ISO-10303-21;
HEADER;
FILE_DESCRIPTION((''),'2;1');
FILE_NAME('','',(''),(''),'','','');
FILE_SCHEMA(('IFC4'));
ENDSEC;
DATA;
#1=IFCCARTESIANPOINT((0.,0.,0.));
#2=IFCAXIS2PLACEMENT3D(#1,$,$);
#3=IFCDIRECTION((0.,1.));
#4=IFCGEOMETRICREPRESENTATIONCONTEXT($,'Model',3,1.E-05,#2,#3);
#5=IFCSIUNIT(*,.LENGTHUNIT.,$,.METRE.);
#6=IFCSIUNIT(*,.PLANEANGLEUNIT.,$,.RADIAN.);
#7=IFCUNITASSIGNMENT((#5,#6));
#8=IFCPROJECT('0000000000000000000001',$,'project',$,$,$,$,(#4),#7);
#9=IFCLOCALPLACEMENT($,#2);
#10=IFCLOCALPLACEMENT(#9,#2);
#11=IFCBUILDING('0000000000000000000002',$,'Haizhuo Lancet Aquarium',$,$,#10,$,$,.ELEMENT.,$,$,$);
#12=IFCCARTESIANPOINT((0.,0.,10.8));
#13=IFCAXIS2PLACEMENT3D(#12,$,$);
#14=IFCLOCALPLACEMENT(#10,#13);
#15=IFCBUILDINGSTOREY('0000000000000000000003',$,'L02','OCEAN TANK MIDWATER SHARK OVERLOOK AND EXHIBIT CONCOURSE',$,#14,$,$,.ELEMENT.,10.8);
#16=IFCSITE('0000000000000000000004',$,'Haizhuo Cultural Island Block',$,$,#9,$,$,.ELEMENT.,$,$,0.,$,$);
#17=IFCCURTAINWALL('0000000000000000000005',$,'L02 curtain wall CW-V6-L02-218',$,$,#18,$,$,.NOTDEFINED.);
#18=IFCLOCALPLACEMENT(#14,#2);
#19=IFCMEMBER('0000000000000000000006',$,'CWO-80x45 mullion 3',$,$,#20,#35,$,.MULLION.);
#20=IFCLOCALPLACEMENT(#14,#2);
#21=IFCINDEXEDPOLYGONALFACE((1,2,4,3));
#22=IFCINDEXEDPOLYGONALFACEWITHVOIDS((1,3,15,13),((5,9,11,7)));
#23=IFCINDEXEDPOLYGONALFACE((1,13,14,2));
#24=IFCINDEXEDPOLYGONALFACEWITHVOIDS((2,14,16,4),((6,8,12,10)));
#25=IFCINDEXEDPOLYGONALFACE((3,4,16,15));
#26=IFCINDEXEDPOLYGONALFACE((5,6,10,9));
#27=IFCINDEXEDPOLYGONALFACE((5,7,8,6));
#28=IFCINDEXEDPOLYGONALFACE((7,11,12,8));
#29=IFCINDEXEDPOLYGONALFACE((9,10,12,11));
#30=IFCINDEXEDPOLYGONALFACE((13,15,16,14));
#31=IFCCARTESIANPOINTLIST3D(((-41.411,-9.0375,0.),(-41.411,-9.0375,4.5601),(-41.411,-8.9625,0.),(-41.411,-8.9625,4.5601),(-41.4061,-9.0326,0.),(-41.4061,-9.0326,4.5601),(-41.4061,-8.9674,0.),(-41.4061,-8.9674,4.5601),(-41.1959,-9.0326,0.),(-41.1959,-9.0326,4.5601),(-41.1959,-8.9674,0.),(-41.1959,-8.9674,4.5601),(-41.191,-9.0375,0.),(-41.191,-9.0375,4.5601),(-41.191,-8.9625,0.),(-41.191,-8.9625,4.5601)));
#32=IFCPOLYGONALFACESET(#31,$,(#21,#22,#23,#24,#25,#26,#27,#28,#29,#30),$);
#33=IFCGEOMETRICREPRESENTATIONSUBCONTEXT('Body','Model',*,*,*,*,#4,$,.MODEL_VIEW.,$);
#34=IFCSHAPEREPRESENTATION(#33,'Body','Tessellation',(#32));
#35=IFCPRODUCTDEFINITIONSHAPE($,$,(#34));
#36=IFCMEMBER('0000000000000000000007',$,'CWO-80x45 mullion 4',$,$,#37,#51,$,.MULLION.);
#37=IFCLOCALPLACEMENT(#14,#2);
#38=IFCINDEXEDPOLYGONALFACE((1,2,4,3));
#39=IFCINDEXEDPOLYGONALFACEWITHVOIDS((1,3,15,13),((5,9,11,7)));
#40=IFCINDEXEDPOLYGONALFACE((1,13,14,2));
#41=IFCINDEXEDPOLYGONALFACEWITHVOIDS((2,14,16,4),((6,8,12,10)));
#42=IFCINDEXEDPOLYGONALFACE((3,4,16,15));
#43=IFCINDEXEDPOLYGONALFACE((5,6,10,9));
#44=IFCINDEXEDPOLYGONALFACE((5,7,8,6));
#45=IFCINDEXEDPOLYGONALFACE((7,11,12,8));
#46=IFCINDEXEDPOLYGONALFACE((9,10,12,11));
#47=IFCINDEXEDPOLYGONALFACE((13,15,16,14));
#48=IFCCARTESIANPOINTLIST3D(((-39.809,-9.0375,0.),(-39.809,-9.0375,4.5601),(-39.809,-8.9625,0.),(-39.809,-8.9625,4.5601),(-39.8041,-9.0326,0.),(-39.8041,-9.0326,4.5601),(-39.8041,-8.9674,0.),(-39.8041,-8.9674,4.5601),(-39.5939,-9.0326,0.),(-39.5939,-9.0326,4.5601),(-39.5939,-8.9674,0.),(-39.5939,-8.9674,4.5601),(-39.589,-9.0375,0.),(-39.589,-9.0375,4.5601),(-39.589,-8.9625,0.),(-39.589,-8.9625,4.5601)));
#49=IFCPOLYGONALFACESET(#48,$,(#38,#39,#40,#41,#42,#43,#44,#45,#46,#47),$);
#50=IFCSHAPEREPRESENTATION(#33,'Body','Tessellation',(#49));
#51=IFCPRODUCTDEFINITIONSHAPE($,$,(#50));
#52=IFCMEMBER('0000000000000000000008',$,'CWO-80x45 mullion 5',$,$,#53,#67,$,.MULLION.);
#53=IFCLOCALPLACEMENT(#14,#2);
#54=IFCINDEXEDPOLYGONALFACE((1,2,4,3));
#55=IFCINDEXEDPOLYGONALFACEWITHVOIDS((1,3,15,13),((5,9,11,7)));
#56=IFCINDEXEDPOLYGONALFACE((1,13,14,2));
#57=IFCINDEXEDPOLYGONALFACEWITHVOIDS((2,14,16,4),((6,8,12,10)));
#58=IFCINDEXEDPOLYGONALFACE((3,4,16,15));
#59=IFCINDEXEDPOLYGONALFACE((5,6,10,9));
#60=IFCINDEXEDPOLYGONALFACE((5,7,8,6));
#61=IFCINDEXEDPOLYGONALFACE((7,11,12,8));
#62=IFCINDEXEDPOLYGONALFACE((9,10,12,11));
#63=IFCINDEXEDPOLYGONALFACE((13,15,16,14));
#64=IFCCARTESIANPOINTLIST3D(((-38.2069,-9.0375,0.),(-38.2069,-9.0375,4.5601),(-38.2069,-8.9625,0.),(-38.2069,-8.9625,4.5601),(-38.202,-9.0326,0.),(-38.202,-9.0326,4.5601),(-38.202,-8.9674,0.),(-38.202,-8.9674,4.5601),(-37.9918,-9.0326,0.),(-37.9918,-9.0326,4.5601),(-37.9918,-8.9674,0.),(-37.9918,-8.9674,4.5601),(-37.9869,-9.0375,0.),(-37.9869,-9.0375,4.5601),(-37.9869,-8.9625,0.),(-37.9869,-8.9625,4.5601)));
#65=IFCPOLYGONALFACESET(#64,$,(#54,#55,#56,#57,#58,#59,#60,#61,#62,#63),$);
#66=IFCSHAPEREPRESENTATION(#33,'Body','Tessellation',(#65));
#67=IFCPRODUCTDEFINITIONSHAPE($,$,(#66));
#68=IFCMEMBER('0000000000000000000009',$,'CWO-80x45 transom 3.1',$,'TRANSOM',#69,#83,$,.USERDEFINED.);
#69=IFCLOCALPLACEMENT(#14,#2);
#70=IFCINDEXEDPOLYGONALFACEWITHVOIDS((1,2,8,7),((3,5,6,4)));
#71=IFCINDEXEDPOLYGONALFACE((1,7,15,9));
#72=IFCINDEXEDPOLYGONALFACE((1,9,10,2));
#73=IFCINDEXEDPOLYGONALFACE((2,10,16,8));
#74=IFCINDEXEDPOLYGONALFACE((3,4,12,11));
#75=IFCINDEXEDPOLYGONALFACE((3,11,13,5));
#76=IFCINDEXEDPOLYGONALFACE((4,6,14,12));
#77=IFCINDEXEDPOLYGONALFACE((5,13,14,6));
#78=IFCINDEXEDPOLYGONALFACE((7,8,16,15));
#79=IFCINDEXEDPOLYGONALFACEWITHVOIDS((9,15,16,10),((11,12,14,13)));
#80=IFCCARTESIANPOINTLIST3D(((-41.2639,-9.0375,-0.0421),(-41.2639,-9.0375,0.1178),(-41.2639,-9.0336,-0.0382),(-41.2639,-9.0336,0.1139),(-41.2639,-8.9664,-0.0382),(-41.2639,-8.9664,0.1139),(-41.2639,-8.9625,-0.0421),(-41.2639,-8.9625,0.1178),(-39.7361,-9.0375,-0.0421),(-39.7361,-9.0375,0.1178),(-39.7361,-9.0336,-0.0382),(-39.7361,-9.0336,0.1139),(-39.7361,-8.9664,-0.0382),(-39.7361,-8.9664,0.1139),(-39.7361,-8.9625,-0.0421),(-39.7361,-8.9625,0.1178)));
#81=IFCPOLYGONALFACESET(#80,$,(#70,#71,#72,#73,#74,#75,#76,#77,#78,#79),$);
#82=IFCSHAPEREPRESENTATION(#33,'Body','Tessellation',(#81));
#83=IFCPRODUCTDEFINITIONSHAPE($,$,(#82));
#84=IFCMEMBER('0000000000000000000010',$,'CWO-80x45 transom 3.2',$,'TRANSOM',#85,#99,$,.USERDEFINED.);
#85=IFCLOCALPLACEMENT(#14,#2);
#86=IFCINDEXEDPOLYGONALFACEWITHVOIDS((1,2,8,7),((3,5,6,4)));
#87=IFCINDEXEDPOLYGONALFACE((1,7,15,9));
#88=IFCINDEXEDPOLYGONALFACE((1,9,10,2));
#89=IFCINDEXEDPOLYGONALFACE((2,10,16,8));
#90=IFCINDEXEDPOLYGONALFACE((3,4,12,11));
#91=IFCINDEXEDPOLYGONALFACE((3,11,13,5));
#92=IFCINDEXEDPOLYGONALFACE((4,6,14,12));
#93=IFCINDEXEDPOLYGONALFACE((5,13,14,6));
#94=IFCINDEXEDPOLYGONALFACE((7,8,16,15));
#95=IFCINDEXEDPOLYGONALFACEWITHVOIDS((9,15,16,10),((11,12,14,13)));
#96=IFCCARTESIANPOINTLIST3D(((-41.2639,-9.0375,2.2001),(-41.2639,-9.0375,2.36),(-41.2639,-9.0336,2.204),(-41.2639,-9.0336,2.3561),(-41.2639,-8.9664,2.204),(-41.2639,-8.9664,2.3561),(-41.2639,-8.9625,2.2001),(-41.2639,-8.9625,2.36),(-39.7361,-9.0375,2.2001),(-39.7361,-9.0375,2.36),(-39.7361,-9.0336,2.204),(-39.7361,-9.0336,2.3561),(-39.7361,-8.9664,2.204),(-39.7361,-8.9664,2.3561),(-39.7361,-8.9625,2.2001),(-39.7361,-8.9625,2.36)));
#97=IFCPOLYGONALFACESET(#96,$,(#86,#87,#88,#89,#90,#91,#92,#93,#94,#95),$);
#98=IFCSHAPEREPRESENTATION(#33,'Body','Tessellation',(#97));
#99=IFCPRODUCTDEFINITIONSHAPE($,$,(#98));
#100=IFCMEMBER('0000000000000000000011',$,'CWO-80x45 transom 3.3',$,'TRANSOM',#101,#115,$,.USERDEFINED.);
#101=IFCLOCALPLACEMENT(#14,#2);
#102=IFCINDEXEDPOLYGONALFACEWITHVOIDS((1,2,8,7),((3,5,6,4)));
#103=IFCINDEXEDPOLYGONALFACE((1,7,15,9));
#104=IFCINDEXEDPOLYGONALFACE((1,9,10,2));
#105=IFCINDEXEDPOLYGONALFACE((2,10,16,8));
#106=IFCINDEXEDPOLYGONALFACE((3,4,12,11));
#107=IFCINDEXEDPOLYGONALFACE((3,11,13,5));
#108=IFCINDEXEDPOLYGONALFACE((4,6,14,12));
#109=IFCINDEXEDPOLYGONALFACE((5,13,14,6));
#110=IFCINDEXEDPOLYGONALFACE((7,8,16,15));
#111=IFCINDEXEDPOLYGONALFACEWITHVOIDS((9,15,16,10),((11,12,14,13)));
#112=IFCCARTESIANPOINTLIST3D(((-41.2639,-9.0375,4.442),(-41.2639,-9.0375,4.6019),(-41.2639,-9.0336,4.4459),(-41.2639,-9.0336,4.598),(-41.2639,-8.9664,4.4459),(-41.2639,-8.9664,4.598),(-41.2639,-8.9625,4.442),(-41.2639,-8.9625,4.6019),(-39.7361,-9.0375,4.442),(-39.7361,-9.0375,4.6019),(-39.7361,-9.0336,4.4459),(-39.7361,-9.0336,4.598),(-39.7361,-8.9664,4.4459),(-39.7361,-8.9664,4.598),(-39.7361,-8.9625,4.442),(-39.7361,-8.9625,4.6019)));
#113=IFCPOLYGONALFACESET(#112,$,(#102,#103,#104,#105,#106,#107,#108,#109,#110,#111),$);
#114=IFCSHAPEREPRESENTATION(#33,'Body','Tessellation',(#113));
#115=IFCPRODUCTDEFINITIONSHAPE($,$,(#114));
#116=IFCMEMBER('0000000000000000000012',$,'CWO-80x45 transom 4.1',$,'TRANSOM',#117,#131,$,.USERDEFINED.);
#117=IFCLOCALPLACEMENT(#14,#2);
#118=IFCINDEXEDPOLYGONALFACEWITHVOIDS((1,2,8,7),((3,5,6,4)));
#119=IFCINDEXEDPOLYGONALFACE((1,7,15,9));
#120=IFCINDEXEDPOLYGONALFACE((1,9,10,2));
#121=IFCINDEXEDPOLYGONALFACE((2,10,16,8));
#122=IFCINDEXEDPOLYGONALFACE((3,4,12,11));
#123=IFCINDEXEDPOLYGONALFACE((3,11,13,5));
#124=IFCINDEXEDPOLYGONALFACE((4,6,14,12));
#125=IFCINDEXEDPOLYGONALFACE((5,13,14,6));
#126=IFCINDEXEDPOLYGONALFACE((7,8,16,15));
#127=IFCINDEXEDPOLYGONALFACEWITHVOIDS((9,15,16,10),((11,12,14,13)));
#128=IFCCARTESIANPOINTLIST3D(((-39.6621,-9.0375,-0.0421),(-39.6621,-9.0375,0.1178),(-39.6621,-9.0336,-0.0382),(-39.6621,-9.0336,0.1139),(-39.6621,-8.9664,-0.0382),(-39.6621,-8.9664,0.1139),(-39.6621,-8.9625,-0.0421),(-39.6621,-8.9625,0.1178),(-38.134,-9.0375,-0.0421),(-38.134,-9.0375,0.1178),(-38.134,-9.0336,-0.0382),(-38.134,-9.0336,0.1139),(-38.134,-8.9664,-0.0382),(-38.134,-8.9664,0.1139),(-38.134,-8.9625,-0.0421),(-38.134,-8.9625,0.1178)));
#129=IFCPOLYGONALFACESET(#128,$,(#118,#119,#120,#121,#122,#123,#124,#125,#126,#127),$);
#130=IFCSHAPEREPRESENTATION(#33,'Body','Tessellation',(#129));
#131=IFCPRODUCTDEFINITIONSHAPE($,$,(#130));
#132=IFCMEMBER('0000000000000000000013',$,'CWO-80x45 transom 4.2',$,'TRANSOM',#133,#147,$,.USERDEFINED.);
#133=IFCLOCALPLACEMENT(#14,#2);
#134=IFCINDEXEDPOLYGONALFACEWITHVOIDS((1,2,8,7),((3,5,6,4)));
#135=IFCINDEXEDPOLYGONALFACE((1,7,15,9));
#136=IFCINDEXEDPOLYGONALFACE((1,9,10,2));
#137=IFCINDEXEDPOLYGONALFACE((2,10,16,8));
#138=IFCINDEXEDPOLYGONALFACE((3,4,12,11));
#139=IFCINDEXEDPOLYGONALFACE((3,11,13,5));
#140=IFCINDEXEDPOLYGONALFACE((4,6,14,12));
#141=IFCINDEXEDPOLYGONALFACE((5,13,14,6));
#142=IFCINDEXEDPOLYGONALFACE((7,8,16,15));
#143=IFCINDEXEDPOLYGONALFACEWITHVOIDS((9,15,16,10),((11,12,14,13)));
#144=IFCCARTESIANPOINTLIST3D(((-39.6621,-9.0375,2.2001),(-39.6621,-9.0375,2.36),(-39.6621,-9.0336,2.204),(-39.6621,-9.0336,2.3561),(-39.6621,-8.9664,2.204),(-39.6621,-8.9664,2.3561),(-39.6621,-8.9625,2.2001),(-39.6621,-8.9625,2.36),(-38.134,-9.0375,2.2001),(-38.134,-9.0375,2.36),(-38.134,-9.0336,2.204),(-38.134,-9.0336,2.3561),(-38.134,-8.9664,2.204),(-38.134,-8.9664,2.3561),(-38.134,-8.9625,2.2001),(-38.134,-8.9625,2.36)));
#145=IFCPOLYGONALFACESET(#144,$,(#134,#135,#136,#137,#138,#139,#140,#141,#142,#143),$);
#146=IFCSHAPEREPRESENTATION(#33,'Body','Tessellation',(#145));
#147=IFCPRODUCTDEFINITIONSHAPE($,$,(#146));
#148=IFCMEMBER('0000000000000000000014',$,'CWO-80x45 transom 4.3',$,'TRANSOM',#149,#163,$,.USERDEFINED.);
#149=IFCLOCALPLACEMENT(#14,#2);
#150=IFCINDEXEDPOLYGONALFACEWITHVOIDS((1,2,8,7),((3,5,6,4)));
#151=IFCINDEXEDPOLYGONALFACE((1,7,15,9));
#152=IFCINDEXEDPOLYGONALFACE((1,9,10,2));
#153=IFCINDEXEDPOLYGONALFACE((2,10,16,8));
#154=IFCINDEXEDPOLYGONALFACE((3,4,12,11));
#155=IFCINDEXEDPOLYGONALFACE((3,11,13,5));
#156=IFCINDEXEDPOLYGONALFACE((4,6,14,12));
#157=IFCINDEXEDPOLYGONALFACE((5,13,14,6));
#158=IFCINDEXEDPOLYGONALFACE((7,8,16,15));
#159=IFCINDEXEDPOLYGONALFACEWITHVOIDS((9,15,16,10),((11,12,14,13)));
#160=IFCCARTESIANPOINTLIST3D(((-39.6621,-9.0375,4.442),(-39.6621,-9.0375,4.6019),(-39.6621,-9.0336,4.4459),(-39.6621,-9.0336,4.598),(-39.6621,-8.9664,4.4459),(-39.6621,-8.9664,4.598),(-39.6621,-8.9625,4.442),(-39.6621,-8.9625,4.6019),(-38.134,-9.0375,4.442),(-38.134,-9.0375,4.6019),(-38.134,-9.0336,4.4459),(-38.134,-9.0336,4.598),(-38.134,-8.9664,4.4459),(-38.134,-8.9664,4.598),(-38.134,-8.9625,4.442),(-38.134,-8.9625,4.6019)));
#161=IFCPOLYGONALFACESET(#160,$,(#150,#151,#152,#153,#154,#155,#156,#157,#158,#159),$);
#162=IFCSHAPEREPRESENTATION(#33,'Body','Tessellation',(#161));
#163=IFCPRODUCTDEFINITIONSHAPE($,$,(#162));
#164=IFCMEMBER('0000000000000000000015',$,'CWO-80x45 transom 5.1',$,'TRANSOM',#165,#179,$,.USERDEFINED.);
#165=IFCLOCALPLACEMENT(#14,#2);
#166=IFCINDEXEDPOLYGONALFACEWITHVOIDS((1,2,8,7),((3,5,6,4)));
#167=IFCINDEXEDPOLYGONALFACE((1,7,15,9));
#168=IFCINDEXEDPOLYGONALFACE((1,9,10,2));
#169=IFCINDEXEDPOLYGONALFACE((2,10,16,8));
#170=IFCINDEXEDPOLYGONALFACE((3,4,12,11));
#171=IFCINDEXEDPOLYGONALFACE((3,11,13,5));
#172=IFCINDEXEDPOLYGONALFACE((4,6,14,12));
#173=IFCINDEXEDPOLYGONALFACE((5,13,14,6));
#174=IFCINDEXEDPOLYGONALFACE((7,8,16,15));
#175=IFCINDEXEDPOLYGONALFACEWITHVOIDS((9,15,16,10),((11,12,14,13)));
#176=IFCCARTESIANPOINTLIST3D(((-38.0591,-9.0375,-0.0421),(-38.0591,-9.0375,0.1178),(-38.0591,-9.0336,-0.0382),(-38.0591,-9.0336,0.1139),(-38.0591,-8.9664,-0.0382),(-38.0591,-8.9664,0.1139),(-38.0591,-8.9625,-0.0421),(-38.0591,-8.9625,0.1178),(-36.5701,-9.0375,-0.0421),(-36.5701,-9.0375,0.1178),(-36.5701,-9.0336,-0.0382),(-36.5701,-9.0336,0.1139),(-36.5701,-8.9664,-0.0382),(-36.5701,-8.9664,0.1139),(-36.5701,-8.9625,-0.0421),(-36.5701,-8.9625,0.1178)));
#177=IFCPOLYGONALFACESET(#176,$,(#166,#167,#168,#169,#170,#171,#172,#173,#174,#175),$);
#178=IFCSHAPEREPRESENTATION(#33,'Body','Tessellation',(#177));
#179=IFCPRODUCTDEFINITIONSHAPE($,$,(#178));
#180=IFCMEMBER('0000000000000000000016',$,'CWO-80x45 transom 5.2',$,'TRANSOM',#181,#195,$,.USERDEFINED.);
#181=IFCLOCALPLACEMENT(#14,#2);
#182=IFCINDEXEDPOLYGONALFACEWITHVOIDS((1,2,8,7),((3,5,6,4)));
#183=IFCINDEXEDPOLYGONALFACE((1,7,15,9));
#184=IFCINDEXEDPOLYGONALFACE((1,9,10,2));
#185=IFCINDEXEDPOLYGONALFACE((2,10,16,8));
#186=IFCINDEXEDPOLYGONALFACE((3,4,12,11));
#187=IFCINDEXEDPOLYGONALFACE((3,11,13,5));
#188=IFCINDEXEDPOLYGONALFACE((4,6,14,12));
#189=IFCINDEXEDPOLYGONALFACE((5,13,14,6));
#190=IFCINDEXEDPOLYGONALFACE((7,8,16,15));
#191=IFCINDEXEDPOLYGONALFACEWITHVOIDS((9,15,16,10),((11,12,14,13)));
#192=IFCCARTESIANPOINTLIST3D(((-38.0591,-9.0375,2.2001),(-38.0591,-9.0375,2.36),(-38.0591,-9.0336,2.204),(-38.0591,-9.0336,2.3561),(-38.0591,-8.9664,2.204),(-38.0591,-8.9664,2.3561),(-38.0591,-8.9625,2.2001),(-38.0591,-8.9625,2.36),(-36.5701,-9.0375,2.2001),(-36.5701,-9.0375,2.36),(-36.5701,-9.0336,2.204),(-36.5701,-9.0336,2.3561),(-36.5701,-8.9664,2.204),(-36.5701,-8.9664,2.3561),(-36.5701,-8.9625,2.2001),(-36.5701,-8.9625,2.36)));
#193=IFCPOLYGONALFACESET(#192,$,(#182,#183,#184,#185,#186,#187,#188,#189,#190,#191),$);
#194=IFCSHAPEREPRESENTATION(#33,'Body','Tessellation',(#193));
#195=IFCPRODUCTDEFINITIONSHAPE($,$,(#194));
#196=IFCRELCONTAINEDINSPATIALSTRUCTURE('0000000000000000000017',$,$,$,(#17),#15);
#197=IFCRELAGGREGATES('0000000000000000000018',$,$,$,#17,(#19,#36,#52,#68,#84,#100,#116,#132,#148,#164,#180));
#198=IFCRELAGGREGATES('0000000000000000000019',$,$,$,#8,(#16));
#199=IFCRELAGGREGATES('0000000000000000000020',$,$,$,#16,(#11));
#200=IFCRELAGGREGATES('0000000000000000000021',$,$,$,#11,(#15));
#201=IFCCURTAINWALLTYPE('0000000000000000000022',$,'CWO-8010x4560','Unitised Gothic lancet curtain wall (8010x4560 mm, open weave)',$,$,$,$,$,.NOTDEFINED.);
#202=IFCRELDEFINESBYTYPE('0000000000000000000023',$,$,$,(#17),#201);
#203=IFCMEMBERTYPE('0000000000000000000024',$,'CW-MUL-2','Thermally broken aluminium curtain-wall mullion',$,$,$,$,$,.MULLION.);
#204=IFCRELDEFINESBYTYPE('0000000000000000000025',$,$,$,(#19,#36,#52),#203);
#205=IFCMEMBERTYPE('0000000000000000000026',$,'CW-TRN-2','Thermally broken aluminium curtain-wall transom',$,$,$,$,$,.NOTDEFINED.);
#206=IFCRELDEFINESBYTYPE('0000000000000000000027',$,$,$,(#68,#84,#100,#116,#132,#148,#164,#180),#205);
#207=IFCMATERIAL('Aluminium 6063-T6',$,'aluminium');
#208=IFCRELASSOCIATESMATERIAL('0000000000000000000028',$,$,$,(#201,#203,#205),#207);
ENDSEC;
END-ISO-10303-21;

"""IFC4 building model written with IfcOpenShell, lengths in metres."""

from ifc_helpers import new_model, si_unit, direction, frame, origin, origin_2d, place, context, subcontext, project, spatial, hollow_rectangle, extrude, material, material_profile, profile_set, type_object, element, aggregate, save


model = new_model("IFC4")

# Units and contexts
model_context = context("Model", 3, precision=1e-05, world=origin(), true_north=direction((0.0, 1.0)))
body_context = subcontext(model_context, "Body", "Model", "MODEL_VIEW")
ifc_project = project(units=[si_unit("LENGTHUNIT", "METRE"), si_unit("PLANEANGLEUNIT", "RADIAN")], contexts=[model_context])

# Site, building, storey
site_placement = place(None, origin())
site = spatial("IfcSite", under=ifc_project, at=site_placement, Name="Haizhuo Cultural Island Block", CompositionType="ELEMENT", RefElevation=0.0)
building_placement = place(site_placement, origin())
building = spatial("IfcBuilding", under=site, at=building_placement, Name="Haizhuo Lancet Aquarium", CompositionType="ELEMENT")
storey_placement = place(building_placement, frame((0.0, 0.0, 10.8)))
storey = spatial("IfcBuildingStorey", under=building, at=storey_placement, Name="L02", Description="OCEAN TANK MIDWATER SHARK OVERLOOK AND EXHIBIT CONCOURSE", CompositionType="ELEMENT", Elevation=10.8)

# Curtain wall, members
ifc_material_1 = material(Name="Aluminium 6063-T6", Category="aluminium")
curtain_wall_type = type_object("IfcCurtainWallType", Name="CWO-8010x4560", Description="Unitised Gothic lancet curtain wall (8010x4560 mm, open weave)", PredefinedType="NOTDEFINED", material=ifc_material_1)
curtain_wall_placement = place(storey_placement, origin())
curtain_wall = element("IfcCurtainWall", 1, at=curtain_wall_placement, inside=storey, type_object=curtain_wall_type, Name="L02 curtain wall CW-V6-L02-218", PredefinedType="NOTDEFINED")
ifc_material_profile_1 = material_profile(ifc_material_1, hollow_rectangle(XDim=0.075, YDim=0.22, WallThickness=0.0049, at=origin_2d()), Name="ALU-M 75x220x5")
ifc_profile_set_1 = profile_set([ifc_material_profile_1], Name="Aluminium 6063-T6")
member_type_1 = type_object("IfcMemberType", Name="CW-MUL-2", Description="Thermally broken aluminium curtain-wall mullion", PredefinedType="MULLION", material=ifc_profile_set_1)
member_1_placement = place(storey_placement, frame((-41.301, -9.0, 0.0), z_axis=(0.0, 0.0, 1.0), x_axis=(0.0, 1.0, 0.0)))
member_1 = element("IfcMember", 2, at=member_1_placement, type_object=member_type_1, Name="CWO-80x45 mullion 3", PredefinedType="MULLION", context=body_context, shape_type="SweptSolid", body=[
    extrude(hollow_rectangle(XDim=0.075, YDim=0.22, WallThickness=0.0049, at=origin_2d()), origin(), (0.0, 0.0, 1.0), 4.5601),
])
member_2_placement = place(storey_placement, frame((-39.699, -9.0, 0.0), z_axis=(0.0, 0.0, 1.0), x_axis=(0.0, 1.0, 0.0)))
member_2 = element("IfcMember", 3, at=member_2_placement, type_object=member_type_1, Name="CWO-80x45 mullion 4", PredefinedType="MULLION", context=body_context, shape_type="SweptSolid", body=[
    extrude(hollow_rectangle(XDim=0.075, YDim=0.22, WallThickness=0.0049, at=origin_2d()), origin(), (0.0, 0.0, 1.0), 4.5601),
])
member_3_placement = place(storey_placement, frame((-38.0969, -9.0, 0.0), z_axis=(0.0, 0.0, 1.0), x_axis=(0.0, 1.0, 0.0)))
member_3 = element("IfcMember", 4, at=member_3_placement, type_object=member_type_1, Name="CWO-80x45 mullion 5", PredefinedType="MULLION", context=body_context, shape_type="SweptSolid", body=[
    extrude(hollow_rectangle(XDim=0.075, YDim=0.22, WallThickness=0.0049, at=origin_2d()), origin(), (0.0, 0.0, 1.0), 4.5601),
])
ifc_material_profile_2 = material_profile(ifc_material_1, hollow_rectangle(XDim=0.075, YDim=0.1599, WallThickness=0.0039, at=origin_2d()), Name="ALU-T 75x160x4")
ifc_profile_set_2 = profile_set([ifc_material_profile_2], Name="Aluminium 6063-T6")
member_type_2 = type_object("IfcMemberType", Name="CW-TRN-2", Description="Thermally broken aluminium curtain-wall transom", PredefinedType="NOTDEFINED", material=ifc_profile_set_2)
member_4_placement = place(storey_placement, frame((-41.2639, -9.0, 0.0378), z_axis=(1.0, 0.0, 0.0), x_axis=(0.0, 1.0, 0.0)))
member_4 = element("IfcMember", 5, at=member_4_placement, type_object=member_type_2, Name="CWO-80x45 transom 3.1", ObjectType="TRANSOM", PredefinedType="USERDEFINED", context=body_context, shape_type="SweptSolid", body=[
    extrude(hollow_rectangle(XDim=0.075, YDim=0.1599, WallThickness=0.0039, at=origin_2d()), origin(), (0.0, 0.0, 1.0), 1.5278),
])
member_5_placement = place(storey_placement, frame((-41.2639, -9.0, 2.28), z_axis=(1.0, 0.0, 0.0), x_axis=(0.0, 1.0, 0.0)))
member_5 = element("IfcMember", 6, at=member_5_placement, type_object=member_type_2, Name="CWO-80x45 transom 3.2", ObjectType="TRANSOM", PredefinedType="USERDEFINED", context=body_context, shape_type="SweptSolid", body=[
    extrude(hollow_rectangle(XDim=0.075, YDim=0.1599, WallThickness=0.0039, at=origin_2d()), origin(), (0.0, 0.0, 1.0), 1.5278),
])
member_6_placement = place(storey_placement, frame((-41.2639, -9.0, 4.522), z_axis=(1.0, 0.0, 0.0), x_axis=(0.0, 1.0, 0.0)))
member_6 = element("IfcMember", 7, at=member_6_placement, type_object=member_type_2, Name="CWO-80x45 transom 3.3", ObjectType="TRANSOM", PredefinedType="USERDEFINED", context=body_context, shape_type="SweptSolid", body=[
    extrude(hollow_rectangle(XDim=0.075, YDim=0.1599, WallThickness=0.0039, at=origin_2d()), origin(), (0.0, 0.0, 1.0), 1.5278),
])
member_7_placement = place(storey_placement, frame((-39.6621, -9.0, 0.0378), z_axis=(1.0, 0.0, 0.0), x_axis=(0.0, 1.0, 0.0)))
member_7 = element("IfcMember", 8, at=member_7_placement, type_object=member_type_2, Name="CWO-80x45 transom 4.1", ObjectType="TRANSOM", PredefinedType="USERDEFINED", context=body_context, shape_type="SweptSolid", body=[
    extrude(hollow_rectangle(XDim=0.075, YDim=0.1599, WallThickness=0.0039, at=origin_2d()), origin(), (0.0, 0.0, 1.0), 1.5281),
])
member_8_placement = place(storey_placement, frame((-39.6621, -9.0, 2.28), z_axis=(1.0, 0.0, 0.0), x_axis=(0.0, 1.0, 0.0)))
member_8 = element("IfcMember", 9, at=member_8_placement, type_object=member_type_2, Name="CWO-80x45 transom 4.2", ObjectType="TRANSOM", PredefinedType="USERDEFINED", context=body_context, shape_type="SweptSolid", body=[
    extrude(hollow_rectangle(XDim=0.075, YDim=0.1599, WallThickness=0.0039, at=origin_2d()), origin(), (0.0, 0.0, 1.0), 1.5281),
])
member_9_placement = place(storey_placement, frame((-39.6621, -9.0, 4.522), z_axis=(1.0, 0.0, 0.0), x_axis=(0.0, 1.0, 0.0)))
member_9 = element("IfcMember", 10, at=member_9_placement, type_object=member_type_2, Name="CWO-80x45 transom 4.3", ObjectType="TRANSOM", PredefinedType="USERDEFINED", context=body_context, shape_type="SweptSolid", body=[
    extrude(hollow_rectangle(XDim=0.075, YDim=0.1599, WallThickness=0.0039, at=origin_2d()), origin(), (0.0, 0.0, 1.0), 1.5281),
])
member_10_placement = place(storey_placement, frame((-38.0591, -9.0, 0.0378), z_axis=(1.0, 0.0, 0.0), x_axis=(0.0, 1.0, 0.0)))
member_10 = element("IfcMember", 11, at=member_10_placement, type_object=member_type_2, Name="CWO-80x45 transom 5.1", ObjectType="TRANSOM", PredefinedType="USERDEFINED", context=body_context, shape_type="SweptSolid", body=[
    extrude(hollow_rectangle(XDim=0.075, YDim=0.1599, WallThickness=0.0039, at=origin_2d()), origin(), (0.0, 0.0, 1.0), 1.489),
])
member_11_placement = place(storey_placement, frame((-38.0591, -9.0, 2.28), z_axis=(1.0, 0.0, 0.0), x_axis=(0.0, 1.0, 0.0)))
member_11 = element("IfcMember", 12, at=member_11_placement, type_object=member_type_2, Name="CWO-80x45 transom 5.2", ObjectType="TRANSOM", PredefinedType="USERDEFINED", context=body_context, shape_type="SweptSolid", body=[
    extrude(hollow_rectangle(XDim=0.075, YDim=0.1599, WallThickness=0.0039, at=origin_2d()), origin(), (0.0, 0.0, 1.0), 1.489),
])

aggregate(curtain_wall, [member_1, member_2, member_3, member_4, member_5, member_6, member_7, member_8, member_9, member_10, member_11])

save(model, "model.ifc")
